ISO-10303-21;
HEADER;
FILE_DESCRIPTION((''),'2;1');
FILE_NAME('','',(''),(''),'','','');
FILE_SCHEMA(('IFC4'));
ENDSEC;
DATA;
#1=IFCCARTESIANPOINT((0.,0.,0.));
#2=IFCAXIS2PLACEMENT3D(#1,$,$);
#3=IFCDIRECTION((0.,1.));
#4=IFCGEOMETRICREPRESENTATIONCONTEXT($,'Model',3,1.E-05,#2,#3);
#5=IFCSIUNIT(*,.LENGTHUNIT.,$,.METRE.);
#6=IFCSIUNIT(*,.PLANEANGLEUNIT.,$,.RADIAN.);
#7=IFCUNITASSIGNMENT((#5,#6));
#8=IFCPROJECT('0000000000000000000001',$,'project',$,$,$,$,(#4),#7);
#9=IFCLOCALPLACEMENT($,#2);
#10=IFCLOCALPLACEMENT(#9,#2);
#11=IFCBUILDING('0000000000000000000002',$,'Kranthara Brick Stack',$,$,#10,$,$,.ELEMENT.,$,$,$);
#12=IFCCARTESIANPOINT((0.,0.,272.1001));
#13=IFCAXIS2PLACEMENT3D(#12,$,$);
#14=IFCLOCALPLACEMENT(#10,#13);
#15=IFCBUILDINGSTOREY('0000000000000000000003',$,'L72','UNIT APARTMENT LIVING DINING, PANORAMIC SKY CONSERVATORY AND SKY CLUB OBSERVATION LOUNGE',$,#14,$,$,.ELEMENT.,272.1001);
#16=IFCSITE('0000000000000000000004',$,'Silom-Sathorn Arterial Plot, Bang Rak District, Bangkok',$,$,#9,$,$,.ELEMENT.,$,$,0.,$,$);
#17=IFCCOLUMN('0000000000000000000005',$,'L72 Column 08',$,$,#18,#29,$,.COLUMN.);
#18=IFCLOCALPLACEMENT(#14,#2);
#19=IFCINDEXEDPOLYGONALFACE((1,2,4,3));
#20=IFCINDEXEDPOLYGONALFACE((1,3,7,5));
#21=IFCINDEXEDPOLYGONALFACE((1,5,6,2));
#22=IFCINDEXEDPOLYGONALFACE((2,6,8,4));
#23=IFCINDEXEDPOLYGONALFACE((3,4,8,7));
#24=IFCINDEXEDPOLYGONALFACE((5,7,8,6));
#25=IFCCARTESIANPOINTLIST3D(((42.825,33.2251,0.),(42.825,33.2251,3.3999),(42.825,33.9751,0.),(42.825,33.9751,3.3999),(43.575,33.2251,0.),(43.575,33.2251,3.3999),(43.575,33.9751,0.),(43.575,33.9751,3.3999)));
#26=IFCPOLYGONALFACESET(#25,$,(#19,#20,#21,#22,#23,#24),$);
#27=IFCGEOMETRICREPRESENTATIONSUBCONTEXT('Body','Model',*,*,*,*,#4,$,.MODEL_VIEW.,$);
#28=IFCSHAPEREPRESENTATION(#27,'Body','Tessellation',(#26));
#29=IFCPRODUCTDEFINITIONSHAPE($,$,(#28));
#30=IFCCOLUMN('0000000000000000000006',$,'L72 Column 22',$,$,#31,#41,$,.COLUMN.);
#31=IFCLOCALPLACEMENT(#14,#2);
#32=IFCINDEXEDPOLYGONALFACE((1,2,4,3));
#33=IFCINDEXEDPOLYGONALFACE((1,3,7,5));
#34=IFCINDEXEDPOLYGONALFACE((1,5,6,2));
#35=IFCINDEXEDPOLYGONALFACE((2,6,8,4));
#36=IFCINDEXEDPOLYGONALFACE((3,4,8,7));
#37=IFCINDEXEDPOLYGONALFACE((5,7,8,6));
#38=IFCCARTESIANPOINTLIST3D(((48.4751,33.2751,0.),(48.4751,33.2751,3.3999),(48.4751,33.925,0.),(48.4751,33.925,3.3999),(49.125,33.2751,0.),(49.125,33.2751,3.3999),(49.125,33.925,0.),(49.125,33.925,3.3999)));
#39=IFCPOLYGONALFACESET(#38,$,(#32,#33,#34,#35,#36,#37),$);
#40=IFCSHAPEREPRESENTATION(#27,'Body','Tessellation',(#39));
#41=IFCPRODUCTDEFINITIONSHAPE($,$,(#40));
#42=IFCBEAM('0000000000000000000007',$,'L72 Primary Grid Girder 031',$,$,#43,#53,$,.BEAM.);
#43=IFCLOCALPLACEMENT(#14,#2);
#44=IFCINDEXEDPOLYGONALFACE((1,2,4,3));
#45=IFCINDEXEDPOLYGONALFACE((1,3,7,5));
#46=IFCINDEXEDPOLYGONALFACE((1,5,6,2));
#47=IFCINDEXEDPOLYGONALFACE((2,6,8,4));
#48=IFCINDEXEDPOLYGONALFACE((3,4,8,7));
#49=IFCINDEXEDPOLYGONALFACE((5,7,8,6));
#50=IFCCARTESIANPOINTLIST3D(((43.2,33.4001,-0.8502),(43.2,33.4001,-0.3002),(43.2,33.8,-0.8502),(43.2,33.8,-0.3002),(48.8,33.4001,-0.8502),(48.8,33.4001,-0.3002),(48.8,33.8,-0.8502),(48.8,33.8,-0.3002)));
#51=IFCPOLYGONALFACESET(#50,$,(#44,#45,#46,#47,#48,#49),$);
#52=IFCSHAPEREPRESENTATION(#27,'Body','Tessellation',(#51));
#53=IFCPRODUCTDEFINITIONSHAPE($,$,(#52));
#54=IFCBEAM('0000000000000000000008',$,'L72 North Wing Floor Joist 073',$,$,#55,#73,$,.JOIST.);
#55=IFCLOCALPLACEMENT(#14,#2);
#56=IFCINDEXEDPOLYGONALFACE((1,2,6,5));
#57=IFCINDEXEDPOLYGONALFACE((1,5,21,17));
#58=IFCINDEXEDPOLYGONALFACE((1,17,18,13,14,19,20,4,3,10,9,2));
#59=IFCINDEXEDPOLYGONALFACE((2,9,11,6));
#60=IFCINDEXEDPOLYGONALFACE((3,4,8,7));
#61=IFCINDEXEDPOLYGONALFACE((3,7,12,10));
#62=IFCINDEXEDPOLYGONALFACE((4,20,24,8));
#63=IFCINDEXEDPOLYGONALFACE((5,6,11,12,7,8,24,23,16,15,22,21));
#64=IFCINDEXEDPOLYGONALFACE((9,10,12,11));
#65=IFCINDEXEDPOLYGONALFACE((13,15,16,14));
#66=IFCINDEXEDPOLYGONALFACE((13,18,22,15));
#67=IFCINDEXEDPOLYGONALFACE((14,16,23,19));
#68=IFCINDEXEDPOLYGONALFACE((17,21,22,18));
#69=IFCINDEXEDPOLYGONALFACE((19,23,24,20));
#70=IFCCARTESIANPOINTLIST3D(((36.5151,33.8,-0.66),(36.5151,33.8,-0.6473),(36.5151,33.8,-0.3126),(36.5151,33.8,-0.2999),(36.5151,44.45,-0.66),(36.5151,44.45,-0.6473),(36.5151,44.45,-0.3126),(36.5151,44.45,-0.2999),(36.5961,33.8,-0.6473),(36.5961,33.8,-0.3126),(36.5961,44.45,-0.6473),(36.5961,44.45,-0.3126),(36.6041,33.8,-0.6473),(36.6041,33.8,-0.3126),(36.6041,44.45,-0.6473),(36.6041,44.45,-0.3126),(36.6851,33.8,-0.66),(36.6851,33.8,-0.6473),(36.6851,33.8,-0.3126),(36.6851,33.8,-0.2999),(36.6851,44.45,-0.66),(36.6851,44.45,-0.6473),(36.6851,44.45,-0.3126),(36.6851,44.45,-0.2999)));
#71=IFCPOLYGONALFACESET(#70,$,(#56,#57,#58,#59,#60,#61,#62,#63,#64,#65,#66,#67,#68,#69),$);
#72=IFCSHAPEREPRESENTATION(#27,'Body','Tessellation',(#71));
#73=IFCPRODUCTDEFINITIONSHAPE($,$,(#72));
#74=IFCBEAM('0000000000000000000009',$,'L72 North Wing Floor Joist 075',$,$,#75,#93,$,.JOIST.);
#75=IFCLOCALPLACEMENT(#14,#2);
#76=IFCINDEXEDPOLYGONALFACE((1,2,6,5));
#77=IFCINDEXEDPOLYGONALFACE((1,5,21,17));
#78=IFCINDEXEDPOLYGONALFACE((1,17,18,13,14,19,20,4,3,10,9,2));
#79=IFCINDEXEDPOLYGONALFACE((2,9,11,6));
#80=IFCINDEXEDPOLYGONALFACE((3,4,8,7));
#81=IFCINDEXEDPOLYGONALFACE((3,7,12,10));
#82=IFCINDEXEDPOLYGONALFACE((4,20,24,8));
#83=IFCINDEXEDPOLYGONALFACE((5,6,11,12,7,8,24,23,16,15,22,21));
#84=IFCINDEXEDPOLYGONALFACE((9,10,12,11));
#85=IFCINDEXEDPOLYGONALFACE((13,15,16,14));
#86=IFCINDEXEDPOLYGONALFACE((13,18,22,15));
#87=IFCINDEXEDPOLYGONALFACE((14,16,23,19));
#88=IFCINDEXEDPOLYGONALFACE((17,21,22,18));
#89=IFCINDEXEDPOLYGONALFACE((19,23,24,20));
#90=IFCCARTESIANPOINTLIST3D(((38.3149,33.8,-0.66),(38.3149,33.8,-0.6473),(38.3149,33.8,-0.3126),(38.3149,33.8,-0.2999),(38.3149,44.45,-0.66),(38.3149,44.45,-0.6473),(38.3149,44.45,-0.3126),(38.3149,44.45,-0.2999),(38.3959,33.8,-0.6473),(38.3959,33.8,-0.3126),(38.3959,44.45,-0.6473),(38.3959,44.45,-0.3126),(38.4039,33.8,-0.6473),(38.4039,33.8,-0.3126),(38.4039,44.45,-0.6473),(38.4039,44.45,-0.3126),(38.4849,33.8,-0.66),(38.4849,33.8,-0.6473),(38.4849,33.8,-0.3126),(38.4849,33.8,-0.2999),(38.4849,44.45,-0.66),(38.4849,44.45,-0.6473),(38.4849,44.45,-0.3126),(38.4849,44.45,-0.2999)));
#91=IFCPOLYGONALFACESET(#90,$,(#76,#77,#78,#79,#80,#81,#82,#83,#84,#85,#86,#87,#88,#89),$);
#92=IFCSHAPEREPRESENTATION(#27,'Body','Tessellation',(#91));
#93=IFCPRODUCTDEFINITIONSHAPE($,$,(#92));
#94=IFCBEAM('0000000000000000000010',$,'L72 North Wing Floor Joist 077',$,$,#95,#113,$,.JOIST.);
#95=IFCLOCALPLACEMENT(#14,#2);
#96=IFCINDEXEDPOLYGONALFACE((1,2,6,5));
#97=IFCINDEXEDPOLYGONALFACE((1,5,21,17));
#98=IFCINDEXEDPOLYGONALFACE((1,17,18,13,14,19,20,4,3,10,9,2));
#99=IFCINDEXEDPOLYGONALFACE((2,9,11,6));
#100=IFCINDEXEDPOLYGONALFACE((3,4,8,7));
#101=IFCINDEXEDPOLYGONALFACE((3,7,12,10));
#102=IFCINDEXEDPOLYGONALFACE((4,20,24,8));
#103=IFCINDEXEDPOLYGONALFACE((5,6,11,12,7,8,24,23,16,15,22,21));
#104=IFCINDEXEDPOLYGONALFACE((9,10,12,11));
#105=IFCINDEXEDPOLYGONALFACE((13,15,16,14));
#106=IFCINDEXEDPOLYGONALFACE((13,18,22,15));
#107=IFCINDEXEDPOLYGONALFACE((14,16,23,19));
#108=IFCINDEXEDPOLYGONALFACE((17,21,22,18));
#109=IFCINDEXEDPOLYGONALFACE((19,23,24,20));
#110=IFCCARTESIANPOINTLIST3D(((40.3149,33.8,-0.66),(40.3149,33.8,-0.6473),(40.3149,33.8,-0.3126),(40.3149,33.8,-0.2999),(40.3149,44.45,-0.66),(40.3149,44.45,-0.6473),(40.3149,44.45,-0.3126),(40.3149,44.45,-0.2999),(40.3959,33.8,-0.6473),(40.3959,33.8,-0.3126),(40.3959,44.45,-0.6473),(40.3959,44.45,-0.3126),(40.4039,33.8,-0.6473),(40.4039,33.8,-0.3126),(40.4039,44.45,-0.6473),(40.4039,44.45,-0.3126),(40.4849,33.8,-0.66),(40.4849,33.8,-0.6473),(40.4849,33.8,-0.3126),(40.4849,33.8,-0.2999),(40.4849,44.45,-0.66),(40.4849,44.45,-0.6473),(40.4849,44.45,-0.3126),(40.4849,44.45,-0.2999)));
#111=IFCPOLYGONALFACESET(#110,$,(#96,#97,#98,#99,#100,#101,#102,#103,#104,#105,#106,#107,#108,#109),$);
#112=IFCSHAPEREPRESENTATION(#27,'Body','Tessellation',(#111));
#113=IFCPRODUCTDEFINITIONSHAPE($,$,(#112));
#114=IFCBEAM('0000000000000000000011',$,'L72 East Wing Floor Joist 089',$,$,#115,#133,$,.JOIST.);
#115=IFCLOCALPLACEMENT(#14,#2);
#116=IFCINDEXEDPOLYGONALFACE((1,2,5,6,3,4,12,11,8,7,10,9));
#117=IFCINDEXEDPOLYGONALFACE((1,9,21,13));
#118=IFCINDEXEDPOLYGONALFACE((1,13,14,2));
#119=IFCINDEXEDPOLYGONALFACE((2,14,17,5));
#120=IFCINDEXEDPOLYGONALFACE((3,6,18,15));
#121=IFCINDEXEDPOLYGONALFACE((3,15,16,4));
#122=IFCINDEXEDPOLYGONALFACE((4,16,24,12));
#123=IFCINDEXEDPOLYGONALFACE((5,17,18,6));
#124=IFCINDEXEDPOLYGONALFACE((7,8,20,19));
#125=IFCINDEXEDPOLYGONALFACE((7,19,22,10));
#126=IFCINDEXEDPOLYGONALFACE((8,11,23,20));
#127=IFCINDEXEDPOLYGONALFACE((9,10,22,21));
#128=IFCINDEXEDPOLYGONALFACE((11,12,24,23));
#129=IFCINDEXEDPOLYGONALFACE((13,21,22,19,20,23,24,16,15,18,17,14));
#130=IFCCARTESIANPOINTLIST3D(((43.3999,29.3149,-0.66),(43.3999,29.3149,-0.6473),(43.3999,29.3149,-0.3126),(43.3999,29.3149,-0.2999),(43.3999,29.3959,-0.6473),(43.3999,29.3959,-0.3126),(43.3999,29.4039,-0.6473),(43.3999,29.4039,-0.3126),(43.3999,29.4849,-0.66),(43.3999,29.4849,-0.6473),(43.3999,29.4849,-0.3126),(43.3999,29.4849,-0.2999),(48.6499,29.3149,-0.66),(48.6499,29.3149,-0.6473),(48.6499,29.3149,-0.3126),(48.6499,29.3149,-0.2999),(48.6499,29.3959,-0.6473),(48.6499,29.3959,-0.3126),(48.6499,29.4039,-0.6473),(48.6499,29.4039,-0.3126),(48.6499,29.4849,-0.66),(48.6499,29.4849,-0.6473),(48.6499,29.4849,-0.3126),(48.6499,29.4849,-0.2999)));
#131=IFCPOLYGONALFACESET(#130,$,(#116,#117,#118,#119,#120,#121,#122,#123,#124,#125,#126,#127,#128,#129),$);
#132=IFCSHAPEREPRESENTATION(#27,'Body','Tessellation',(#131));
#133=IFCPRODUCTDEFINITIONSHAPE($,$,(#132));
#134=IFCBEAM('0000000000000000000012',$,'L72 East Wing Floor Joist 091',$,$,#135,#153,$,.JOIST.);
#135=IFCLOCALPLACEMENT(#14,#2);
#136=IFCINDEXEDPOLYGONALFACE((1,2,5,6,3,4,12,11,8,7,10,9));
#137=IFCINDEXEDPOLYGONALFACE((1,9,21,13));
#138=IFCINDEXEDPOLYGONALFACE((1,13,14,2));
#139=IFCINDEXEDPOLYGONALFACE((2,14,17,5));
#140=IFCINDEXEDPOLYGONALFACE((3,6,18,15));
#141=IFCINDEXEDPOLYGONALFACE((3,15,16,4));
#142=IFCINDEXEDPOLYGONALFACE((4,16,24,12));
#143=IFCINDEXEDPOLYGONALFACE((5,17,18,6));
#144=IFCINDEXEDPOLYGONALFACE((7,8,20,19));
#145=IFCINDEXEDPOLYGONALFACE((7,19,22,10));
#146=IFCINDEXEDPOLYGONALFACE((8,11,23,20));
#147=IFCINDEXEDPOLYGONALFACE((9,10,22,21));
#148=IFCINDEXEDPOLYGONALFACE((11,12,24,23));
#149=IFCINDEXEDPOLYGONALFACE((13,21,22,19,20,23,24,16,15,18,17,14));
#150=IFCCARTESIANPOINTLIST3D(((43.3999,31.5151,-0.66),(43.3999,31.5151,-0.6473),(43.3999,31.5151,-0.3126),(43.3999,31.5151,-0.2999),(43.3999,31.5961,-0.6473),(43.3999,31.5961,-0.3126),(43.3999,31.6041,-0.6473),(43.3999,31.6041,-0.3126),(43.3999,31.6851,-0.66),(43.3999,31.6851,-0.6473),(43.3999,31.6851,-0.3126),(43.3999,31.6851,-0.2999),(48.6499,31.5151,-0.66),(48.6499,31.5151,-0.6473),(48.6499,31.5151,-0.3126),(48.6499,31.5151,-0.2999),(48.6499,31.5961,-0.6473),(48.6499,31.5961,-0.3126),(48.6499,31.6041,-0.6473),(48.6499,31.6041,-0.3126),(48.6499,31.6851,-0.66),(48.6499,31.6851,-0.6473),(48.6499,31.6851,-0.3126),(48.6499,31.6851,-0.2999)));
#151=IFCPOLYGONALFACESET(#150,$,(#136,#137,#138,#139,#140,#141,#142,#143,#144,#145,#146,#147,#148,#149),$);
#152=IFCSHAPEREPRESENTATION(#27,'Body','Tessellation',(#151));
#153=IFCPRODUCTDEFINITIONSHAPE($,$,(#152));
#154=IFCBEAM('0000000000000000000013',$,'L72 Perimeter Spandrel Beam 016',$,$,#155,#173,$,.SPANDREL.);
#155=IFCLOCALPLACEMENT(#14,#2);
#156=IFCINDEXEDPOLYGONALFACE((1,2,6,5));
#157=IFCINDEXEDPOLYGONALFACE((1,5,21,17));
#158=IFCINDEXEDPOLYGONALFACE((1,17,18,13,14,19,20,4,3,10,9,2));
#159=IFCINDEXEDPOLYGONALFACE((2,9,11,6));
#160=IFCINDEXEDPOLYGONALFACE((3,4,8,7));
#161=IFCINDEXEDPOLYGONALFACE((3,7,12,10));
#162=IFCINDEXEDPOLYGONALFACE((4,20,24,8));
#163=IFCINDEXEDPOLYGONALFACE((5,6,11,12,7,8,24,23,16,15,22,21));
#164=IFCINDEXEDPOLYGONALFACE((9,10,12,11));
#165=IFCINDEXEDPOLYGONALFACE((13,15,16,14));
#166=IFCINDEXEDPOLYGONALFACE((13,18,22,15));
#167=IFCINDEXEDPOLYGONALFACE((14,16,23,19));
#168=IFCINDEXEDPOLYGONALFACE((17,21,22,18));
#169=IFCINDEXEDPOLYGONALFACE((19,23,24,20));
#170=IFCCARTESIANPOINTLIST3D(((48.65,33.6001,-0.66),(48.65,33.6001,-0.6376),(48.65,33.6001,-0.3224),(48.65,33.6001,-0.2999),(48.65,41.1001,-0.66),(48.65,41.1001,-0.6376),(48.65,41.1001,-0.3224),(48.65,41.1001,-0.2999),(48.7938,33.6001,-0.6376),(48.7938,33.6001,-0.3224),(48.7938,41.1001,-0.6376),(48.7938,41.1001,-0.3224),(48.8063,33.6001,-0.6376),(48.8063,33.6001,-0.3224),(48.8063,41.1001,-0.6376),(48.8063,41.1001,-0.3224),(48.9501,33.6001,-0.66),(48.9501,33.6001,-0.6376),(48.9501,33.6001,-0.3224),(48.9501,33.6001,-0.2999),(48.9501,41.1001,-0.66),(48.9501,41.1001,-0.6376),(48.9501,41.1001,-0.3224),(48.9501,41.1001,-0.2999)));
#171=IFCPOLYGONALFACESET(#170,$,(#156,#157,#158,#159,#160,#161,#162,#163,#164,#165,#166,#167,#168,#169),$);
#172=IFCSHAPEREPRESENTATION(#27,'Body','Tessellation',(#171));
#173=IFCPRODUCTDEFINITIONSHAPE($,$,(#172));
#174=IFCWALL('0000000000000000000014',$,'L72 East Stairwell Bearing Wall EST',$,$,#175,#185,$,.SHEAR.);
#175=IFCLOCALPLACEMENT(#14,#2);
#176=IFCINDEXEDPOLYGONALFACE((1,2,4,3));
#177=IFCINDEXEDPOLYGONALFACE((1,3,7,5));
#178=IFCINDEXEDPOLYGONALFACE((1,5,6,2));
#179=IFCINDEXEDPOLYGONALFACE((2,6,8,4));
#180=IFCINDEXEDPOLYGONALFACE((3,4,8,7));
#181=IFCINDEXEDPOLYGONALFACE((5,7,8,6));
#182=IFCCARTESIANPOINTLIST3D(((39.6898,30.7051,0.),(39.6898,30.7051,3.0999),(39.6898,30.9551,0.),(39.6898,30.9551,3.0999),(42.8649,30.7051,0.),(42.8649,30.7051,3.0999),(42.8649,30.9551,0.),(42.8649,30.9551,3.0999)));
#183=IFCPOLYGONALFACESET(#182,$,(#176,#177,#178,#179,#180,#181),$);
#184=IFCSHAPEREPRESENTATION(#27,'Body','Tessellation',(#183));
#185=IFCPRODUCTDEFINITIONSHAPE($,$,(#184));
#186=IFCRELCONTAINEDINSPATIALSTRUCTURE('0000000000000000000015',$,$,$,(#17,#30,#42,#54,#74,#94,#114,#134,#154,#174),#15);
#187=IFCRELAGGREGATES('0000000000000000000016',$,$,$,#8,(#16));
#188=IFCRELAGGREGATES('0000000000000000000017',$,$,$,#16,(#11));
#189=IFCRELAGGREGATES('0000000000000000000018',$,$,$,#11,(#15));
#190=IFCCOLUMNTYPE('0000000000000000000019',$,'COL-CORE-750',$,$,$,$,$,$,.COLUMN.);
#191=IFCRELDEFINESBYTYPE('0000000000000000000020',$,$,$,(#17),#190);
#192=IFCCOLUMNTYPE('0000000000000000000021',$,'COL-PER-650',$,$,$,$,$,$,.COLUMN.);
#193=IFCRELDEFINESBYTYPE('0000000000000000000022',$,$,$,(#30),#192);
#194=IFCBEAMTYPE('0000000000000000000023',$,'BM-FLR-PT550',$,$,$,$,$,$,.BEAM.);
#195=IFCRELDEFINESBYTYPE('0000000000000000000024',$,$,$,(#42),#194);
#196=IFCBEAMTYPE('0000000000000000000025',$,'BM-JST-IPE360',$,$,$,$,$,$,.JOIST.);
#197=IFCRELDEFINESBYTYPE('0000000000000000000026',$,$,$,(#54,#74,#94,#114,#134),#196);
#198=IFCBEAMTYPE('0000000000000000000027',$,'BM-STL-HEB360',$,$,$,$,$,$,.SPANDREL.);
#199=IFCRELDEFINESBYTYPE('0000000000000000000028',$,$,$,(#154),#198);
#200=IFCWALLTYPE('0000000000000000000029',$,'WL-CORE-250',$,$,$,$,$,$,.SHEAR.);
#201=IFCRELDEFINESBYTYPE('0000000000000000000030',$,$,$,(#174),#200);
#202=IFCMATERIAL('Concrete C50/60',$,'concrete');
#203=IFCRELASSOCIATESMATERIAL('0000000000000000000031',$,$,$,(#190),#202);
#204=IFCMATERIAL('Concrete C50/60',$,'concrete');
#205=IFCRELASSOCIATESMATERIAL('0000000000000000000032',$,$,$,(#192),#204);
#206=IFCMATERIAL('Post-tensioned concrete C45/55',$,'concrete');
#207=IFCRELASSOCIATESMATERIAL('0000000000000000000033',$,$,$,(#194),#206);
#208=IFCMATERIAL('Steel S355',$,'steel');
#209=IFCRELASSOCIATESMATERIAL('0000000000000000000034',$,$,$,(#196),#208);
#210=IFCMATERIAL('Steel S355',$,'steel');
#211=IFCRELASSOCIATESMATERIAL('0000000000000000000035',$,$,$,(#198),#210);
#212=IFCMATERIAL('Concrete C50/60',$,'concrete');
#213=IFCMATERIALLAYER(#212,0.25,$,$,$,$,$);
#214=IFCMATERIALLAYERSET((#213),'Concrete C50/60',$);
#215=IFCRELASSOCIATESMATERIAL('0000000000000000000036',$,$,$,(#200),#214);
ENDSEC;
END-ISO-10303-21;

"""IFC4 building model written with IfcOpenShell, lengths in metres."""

from ifc_helpers import new_model, si_unit, direction, frame, frame_2d, origin, origin_2d, place, context, subcontext, project, spatial, rectangle, i_section, extrude, material, layer, layer_set, material_profile, profile_set, type_object, element, save


model = new_model("IFC4")

# Units and contexts
model_context = context("Model", 3, precision=1e-05, world=origin(), true_north=direction((0.0, 1.0)))
body_context = subcontext(model_context, "Body", "Model", "MODEL_VIEW")
ifc_project = project(units=[si_unit("LENGTHUNIT", "METRE"), si_unit("PLANEANGLEUNIT", "RADIAN")], contexts=[model_context])

# Site, building, storey
site_placement = place(None, origin())
site = spatial("IfcSite", under=ifc_project, at=site_placement, Name="Silom-Sathorn Arterial Plot, Bang Rak District, Bangkok", CompositionType="ELEMENT", RefElevation=0.0)
building_placement = place(site_placement, origin())
building = spatial("IfcBuilding", under=site, at=building_placement, Name="Kranthara Brick Stack", CompositionType="ELEMENT")
storey_placement = place(building_placement, frame((0.0, 0.0, 272.1001)))
storey = spatial("IfcBuildingStorey", under=building, at=storey_placement, Name="L72", Description="UNIT APARTMENT LIVING DINING, PANORAMIC SKY CONSERVATORY AND SKY CLUB OBSERVATION LOUNGE", CompositionType="ELEMENT", Elevation=272.1001)

# Columns
ifc_material_1 = material(Name="Concrete C50/60", Category="concrete")
ifc_material_profile_1 = material_profile(ifc_material_1, rectangle(XDim=0.75, YDim=0.75, at=origin_2d()), Name="RC 750x750")
ifc_profile_set_1 = profile_set([ifc_material_profile_1], Name="Concrete C50/60")
column_type_1 = type_object("IfcColumnType", Name="COL-CORE-750", PredefinedType="COLUMN", material=ifc_profile_set_1)
column_1_placement = place(storey_placement, frame((43.2, 33.6001, 0.0), z_axis=(0.0, 0.0, 1.0), x_axis=(1.0, 0.0, 0.0)))
element("IfcColumn", 1, at=column_1_placement, inside=storey, type_object=column_type_1, Name="L72 Column 08", PredefinedType="COLUMN", context=body_context, shape_type="SweptSolid", body=[
    extrude(rectangle(XDim=0.75, YDim=0.75, at=origin_2d()), origin(), (0.0, 0.0, 1.0), 3.3999),
])
ifc_material_2 = material(Name="Concrete C50/60", Category="concrete")
ifc_material_profile_2 = material_profile(ifc_material_2, rectangle(XDim=0.6499, YDim=0.6499, at=origin_2d()), Name="RC 650x650")
ifc_profile_set_2 = profile_set([ifc_material_profile_2], Name="Concrete C50/60")
column_type_2 = type_object("IfcColumnType", Name="COL-PER-650", PredefinedType="COLUMN", material=ifc_profile_set_2)
column_2_placement = place(storey_placement, frame((48.8, 33.6001, 0.0), z_axis=(0.0, 0.0, 1.0), x_axis=(1.0, 0.0, 0.0)))
element("IfcColumn", 2, at=column_2_placement, inside=storey, type_object=column_type_2, Name="L72 Column 22", PredefinedType="COLUMN", context=body_context, shape_type="SweptSolid", body=[
    extrude(rectangle(XDim=0.6499, YDim=0.6499, at=origin_2d()), origin(), (0.0, 0.0, 1.0), 3.3999),
])

# Beams
ifc_material_3 = material(Name="Post-tensioned concrete C45/55", Category="concrete")
ifc_material_profile_3 = material_profile(ifc_material_3, rectangle(XDim=0.3999, YDim=0.55, at=origin_2d()), Name="PT 400x550")
ifc_profile_set_3 = profile_set([ifc_material_profile_3], Name="Post-tensioned concrete C45/55")
beam_type_1 = type_object("IfcBeamType", Name="BM-FLR-PT550", PredefinedType="BEAM", material=ifc_profile_set_3)
beam_1_placement = place(storey_placement, frame((43.2, 33.6001, -0.5752), z_axis=(1.0, 0.0, 0.0), x_axis=(0.0, 1.0, 0.0)))
element("IfcBeam", 3, at=beam_1_placement, inside=storey, type_object=beam_type_1, Name="L72 Primary Grid Girder 031", PredefinedType="BEAM", context=body_context, shape_type="SweptSolid", body=[
    extrude(rectangle(XDim=0.3999, YDim=0.55, at=origin_2d()), origin(), (0.0, 0.0, 1.0), 5.6001),
])
ifc_material_4 = material(Name="Steel S355", Category="steel")
ifc_material_profile_4 = material_profile(ifc_material_4, i_section(OverallWidth=0.1699, OverallDepth=0.3601, WebThickness=0.0081, FlangeThickness=0.0127, at=origin_2d()), Name="IPE 360")
ifc_profile_set_4 = profile_set([ifc_material_profile_4], Name="Steel S355")
beam_type_2 = type_object("IfcBeamType", Name="BM-JST-IPE360", PredefinedType="JOIST", material=ifc_profile_set_4)
for number, where, z_axis, x_axis, name in (
    (4, (36.6001, 33.8, -0.48), (0.0, 1.0, 0.0), (-1.0, 0.0, 0.0), "L72 North Wing Floor Joist 073"),
    (5, (38.3999, 33.8, -0.48), (0.0, 1.0, 0.0), (-1.0, 0.0, 0.0), "L72 North Wing Floor Joist 075"),
    (6, (40.3999, 33.8, -0.48), (0.0, 1.0, 0.0), (-1.0, 0.0, 0.0), "L72 North Wing Floor Joist 077"),
):
    element("IfcBeam", number, at=place(storey_placement, frame(where, z_axis=z_axis, x_axis=x_axis)), inside=storey, type_object=beam_type_2, Name=name, PredefinedType="JOIST", context=body_context, shape_type="SweptSolid", body=[
        extrude(i_section(OverallWidth=0.1699, OverallDepth=0.3601, WebThickness=0.0081, FlangeThickness=0.0127, at=origin_2d()), origin(), (0.0, 0.0, 1.0), 10.6499),
    ])
for number, where, z_axis, x_axis, name in (
    (7, (43.3999, 29.3999, -0.48), (1.0, 0.0, 0.0), (0.0, 1.0, 0.0), "L72 East Wing Floor Joist 089"),
    (8, (43.3999, 31.6001, -0.48), (1.0, 0.0, 0.0), (0.0, 1.0, 0.0), "L72 East Wing Floor Joist 091"),
):
    element("IfcBeam", number, at=place(storey_placement, frame(where, z_axis=z_axis, x_axis=x_axis)), inside=storey, type_object=beam_type_2, Name=name, PredefinedType="JOIST", context=body_context, shape_type="SweptSolid", body=[
        extrude(i_section(OverallWidth=0.1699, OverallDepth=0.3601, WebThickness=0.0081, FlangeThickness=0.0127, at=origin_2d()), origin(), (0.0, 0.0, 1.0), 5.25),
    ])
ifc_material_5 = material(Name="Steel S355", Category="steel")
ifc_material_profile_5 = material_profile(ifc_material_5, i_section(OverallWidth=0.3, OverallDepth=0.3601, WebThickness=0.0125, FlangeThickness=0.0225, at=origin_2d()), Name="HEB 360")
ifc_profile_set_5 = profile_set([ifc_material_profile_5], Name="Steel S355")
beam_type_3 = type_object("IfcBeamType", Name="BM-STL-HEB360", PredefinedType="SPANDREL", material=ifc_profile_set_5)
beam_2_placement = place(storey_placement, frame((48.8, 33.6001, -0.48), z_axis=(0.0, 1.0, 0.0), x_axis=(-1.0, 0.0, 0.0)))
element("IfcBeam", 9, at=beam_2_placement, inside=storey, type_object=beam_type_3, Name="L72 Perimeter Spandrel Beam 016", PredefinedType="SPANDREL", context=body_context, shape_type="SweptSolid", body=[
    extrude(i_section(OverallWidth=0.3, OverallDepth=0.3601, WebThickness=0.0125, FlangeThickness=0.0225, at=origin_2d()), origin(), (0.0, 0.0, 1.0), 7.5),
])

# Wall
ifc_material_6 = material(Name="Concrete C50/60", Category="concrete")
ifc_layer_1 = layer(ifc_material_6, 0.25)
ifc_layer_set_1 = layer_set([ifc_layer_1], Name="Concrete C50/60")
wall_type_1 = type_object("IfcWallType", Name="WL-CORE-250", PredefinedType="SHEAR", material=ifc_layer_set_1)
wall_1_placement = place(storey_placement, frame((39.6899, 30.8301, 0.0), z_axis=(0.0, 0.0, 1.0), x_axis=(1.0, 0.0, 0.0)))
element("IfcWall", 10, at=wall_1_placement, inside=storey, type_object=wall_type_1, Name="L72 East Stairwell Bearing Wall EST", PredefinedType="SHEAR", context=body_context, shape_type="SweptSolid", body=[
    extrude(rectangle(XDim=3.175, YDim=0.25, at=frame_2d((1.5874, 0.0))), origin(), (0.0, 0.0, 1.0), 3.0999),
])

save(model, "model.ifc")
